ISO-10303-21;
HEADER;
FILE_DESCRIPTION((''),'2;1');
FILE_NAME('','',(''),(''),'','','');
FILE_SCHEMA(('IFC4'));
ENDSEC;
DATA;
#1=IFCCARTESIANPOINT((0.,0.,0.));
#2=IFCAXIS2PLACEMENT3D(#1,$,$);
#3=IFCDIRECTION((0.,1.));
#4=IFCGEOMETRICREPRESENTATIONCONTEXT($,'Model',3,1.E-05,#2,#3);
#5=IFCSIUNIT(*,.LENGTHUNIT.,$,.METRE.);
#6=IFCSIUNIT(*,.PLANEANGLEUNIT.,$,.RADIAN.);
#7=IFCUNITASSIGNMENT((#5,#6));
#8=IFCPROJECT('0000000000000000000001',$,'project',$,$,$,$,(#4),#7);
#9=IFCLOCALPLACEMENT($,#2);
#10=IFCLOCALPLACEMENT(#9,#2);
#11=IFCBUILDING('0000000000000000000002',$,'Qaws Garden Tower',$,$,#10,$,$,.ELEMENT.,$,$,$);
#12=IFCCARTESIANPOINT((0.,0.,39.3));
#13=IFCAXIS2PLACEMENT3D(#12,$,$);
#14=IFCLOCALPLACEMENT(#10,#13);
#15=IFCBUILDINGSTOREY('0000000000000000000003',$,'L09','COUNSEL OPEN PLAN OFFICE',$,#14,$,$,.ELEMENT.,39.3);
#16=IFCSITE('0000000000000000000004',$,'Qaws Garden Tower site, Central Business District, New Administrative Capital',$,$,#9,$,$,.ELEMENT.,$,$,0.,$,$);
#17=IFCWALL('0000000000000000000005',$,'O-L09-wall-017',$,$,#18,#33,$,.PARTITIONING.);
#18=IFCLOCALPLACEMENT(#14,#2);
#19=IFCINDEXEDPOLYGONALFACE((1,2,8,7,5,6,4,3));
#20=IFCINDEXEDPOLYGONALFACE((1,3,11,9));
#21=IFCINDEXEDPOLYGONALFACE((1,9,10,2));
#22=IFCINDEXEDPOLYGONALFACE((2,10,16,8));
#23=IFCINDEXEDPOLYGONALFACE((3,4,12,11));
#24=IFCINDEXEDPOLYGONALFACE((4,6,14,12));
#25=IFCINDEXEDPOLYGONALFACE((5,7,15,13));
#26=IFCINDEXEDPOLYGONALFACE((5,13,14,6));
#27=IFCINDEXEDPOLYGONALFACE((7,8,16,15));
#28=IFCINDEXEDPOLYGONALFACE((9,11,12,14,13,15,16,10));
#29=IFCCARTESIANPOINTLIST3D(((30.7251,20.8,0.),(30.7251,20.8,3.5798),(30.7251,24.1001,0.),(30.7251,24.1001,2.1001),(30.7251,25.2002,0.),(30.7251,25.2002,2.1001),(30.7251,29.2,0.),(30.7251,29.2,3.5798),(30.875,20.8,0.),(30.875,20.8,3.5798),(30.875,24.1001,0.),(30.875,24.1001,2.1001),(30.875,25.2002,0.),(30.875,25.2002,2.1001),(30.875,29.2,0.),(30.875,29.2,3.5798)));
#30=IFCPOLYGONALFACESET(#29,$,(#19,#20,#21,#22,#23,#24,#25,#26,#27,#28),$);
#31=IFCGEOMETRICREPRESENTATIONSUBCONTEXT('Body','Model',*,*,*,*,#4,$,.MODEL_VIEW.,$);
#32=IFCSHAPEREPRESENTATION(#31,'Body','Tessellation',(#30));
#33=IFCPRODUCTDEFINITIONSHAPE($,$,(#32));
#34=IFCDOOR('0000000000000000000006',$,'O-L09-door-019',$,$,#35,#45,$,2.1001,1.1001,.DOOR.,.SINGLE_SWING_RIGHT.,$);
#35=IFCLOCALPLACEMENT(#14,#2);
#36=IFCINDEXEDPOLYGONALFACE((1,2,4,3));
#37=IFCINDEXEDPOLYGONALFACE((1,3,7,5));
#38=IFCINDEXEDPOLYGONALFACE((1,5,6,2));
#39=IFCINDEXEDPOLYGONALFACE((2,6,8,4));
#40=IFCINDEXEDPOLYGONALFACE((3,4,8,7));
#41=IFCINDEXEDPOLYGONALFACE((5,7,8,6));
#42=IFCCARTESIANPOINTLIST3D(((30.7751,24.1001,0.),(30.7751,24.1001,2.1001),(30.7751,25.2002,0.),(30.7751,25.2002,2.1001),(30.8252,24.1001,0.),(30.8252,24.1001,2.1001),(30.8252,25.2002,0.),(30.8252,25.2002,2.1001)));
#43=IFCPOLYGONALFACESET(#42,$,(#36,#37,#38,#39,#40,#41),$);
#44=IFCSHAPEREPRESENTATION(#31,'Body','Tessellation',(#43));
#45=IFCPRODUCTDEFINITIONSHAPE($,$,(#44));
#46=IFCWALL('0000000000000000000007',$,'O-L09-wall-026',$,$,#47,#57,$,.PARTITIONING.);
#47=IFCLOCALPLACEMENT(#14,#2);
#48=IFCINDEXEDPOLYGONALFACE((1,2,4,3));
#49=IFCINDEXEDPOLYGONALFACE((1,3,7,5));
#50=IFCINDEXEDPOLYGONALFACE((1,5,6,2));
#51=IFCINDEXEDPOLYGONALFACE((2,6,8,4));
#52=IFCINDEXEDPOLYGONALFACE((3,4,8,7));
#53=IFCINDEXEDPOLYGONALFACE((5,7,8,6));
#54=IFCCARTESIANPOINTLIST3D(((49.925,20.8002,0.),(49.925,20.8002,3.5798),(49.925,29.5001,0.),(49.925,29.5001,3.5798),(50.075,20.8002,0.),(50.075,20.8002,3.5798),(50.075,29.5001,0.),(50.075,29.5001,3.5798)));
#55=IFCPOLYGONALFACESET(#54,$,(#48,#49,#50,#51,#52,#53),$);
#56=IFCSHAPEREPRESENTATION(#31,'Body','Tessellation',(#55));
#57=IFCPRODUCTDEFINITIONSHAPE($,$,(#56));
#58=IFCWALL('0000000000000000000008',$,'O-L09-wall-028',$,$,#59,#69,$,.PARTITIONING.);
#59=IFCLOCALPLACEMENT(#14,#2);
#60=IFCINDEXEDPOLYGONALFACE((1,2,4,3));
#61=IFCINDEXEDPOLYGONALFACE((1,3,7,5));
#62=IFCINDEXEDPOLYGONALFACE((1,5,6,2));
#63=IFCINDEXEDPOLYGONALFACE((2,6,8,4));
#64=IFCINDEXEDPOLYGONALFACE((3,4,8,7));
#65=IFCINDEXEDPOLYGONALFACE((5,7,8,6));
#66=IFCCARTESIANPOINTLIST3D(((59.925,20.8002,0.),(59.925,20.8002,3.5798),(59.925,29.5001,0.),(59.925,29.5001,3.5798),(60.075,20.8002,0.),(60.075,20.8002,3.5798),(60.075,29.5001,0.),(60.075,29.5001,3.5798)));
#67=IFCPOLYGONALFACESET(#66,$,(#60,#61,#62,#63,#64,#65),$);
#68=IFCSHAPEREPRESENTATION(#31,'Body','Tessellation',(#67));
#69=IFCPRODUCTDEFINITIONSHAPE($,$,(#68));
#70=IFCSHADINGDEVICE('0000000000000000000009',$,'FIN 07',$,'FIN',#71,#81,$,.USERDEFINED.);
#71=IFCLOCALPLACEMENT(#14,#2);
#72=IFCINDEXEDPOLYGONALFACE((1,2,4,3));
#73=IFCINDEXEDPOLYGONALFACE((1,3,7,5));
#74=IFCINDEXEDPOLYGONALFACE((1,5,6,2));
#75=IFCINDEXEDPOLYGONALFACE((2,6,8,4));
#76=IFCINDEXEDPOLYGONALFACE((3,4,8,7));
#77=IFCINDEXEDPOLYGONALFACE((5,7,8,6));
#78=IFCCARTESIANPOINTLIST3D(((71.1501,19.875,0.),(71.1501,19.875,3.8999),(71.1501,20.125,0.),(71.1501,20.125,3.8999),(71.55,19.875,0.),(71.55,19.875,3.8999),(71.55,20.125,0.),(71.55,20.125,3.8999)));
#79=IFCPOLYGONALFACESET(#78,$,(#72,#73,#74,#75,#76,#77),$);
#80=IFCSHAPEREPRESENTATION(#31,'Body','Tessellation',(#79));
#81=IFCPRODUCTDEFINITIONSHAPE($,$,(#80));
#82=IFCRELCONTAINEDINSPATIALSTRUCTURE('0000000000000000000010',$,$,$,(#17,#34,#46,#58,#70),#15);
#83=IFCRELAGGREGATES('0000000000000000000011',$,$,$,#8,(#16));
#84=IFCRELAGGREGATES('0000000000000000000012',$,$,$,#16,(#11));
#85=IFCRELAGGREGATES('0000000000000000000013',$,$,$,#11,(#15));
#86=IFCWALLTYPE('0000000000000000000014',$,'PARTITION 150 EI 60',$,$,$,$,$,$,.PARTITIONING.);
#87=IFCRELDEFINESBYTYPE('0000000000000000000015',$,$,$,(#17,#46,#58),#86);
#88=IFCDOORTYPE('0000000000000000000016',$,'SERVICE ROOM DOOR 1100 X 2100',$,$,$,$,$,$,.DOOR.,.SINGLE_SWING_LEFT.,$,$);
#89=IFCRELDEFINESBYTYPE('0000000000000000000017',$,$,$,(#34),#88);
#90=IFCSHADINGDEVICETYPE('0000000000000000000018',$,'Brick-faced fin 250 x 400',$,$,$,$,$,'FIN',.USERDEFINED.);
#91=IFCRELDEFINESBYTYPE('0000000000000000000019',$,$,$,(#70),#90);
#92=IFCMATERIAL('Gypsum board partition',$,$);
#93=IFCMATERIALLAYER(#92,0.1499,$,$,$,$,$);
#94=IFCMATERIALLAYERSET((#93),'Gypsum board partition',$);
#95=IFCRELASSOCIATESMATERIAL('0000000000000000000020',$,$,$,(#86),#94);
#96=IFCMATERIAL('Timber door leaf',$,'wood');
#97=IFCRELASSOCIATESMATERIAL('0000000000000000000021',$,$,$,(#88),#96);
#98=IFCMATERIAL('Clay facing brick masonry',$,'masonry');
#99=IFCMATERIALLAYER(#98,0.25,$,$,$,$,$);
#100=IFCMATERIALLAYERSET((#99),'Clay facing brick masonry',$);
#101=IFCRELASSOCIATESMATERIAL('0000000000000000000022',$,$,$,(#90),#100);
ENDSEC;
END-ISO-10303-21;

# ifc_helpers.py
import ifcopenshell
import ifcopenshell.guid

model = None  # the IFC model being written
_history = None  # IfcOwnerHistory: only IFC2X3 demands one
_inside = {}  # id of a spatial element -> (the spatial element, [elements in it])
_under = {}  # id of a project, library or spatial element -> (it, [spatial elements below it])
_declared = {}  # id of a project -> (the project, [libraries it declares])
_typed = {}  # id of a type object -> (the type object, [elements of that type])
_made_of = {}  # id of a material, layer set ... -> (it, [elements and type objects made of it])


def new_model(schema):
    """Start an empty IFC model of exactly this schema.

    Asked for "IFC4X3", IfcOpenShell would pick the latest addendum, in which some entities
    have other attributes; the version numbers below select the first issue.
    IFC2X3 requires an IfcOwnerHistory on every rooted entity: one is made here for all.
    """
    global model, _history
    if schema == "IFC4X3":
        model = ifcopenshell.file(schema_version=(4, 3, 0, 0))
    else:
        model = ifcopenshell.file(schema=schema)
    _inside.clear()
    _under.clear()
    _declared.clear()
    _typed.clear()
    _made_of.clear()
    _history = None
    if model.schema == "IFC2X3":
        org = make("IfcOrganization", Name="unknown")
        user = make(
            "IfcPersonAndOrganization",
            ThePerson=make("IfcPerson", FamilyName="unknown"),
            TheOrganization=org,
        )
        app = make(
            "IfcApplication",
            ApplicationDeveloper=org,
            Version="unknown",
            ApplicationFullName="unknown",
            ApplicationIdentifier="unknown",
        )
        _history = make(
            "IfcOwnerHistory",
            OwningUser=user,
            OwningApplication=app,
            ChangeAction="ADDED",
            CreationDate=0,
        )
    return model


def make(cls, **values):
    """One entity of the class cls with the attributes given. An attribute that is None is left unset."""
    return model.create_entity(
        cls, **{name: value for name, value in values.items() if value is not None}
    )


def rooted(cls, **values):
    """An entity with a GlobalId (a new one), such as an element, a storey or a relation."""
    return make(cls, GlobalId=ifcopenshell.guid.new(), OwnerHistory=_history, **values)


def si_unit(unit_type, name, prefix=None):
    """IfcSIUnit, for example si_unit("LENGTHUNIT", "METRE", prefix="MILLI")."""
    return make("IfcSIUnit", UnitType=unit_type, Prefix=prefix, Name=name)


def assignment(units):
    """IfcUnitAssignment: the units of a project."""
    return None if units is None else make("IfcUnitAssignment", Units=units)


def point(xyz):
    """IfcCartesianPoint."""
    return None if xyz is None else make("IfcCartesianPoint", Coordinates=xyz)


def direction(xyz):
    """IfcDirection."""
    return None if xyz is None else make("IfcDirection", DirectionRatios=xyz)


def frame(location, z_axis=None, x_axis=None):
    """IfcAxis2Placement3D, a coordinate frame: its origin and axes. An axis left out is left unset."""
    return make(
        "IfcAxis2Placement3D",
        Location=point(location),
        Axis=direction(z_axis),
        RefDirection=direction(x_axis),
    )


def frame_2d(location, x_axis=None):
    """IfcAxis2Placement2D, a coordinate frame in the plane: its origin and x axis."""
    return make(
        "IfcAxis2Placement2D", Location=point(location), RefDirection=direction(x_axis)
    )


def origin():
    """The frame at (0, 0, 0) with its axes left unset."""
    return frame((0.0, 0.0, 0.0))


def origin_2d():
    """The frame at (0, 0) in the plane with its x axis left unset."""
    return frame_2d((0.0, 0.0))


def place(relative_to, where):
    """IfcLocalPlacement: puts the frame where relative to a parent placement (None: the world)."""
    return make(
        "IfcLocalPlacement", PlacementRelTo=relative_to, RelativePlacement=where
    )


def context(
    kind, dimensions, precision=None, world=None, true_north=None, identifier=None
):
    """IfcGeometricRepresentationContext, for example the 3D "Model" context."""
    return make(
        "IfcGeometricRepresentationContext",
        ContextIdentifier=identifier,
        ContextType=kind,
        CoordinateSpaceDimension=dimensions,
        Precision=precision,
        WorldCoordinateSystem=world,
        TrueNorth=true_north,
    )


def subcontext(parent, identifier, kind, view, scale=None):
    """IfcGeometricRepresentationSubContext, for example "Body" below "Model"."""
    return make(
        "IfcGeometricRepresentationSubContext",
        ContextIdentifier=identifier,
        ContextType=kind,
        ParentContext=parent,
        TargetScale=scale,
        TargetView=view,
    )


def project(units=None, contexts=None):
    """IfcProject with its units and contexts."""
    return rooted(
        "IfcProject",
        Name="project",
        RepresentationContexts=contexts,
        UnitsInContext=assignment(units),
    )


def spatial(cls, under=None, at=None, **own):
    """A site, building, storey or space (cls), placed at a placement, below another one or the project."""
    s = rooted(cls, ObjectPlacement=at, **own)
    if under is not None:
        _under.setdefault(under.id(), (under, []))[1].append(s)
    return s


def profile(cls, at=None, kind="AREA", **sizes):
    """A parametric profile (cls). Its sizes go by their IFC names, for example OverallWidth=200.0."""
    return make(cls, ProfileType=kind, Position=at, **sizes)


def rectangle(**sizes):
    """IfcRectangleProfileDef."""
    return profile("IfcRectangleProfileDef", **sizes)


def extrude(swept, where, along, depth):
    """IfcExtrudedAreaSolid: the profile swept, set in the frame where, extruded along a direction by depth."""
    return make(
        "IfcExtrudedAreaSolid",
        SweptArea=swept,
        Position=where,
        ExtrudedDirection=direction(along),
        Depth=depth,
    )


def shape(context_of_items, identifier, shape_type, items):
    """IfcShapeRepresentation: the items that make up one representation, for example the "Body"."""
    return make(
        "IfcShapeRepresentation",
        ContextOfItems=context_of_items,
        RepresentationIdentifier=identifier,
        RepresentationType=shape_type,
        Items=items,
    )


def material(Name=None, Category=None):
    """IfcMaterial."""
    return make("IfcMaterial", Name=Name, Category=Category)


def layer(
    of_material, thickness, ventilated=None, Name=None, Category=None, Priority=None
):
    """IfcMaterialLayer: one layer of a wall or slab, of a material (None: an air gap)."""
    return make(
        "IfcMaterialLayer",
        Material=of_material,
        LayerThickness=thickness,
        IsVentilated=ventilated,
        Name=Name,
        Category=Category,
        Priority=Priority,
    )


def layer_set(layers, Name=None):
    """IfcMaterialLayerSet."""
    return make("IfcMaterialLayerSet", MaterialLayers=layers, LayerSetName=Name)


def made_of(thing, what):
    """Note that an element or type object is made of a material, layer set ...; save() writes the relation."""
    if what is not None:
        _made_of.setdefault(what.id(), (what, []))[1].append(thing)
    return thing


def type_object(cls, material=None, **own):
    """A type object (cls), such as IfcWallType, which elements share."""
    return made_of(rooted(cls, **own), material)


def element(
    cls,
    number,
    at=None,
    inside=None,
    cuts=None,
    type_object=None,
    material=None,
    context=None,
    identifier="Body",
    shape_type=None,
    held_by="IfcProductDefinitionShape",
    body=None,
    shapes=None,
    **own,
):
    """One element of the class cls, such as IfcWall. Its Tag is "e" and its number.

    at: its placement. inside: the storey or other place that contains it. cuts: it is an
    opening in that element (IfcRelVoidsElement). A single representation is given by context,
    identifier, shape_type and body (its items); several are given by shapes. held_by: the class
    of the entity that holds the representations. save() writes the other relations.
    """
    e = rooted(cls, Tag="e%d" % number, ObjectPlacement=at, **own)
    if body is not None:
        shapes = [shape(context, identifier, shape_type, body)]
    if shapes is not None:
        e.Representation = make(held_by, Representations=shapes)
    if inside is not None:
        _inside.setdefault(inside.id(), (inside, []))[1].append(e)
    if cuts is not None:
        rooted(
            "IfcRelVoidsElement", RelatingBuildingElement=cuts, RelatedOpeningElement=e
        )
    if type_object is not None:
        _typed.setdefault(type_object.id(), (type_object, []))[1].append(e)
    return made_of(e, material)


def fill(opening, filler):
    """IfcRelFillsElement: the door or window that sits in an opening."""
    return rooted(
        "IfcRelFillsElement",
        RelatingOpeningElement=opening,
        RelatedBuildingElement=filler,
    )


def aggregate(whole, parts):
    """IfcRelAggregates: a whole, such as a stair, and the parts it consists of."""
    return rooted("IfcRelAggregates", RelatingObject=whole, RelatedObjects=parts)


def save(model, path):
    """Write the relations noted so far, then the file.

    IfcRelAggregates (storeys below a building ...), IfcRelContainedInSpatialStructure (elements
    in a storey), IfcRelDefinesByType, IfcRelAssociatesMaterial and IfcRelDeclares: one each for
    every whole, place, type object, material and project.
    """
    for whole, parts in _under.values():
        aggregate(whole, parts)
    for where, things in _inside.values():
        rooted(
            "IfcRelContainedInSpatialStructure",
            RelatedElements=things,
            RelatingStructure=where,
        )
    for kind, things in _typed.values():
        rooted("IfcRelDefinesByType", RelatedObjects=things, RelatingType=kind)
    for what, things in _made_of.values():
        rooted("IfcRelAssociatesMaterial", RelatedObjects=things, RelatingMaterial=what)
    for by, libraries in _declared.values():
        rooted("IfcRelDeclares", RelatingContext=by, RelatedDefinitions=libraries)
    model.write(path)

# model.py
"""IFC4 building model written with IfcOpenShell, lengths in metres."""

from ifc_helpers import new_model, si_unit, direction, frame, frame_2d, origin, origin_2d, place, context, subcontext, project, spatial, rectangle, extrude, material, layer, layer_set, type_object, element, fill, save


model = new_model("IFC4")

# Units and contexts
model_context = context("Model", 3, precision=1e-05, world=origin(), true_north=direction((0.0, 1.0)))
body_context = subcontext(model_context, "Body", "Model", "MODEL_VIEW")
ifc_project = project(units=[si_unit("LENGTHUNIT", "METRE"), si_unit("PLANEANGLEUNIT", "RADIAN")], contexts=[model_context])

# Site, building, storey
site_placement = place(None, origin())
site = spatial("IfcSite", under=ifc_project, at=site_placement, Name="Qaws Garden Tower site, Central Business District, New Administrative Capital", CompositionType="ELEMENT", RefElevation=0.0)
building_placement = place(site_placement, origin())
building = spatial("IfcBuilding", under=site, at=building_placement, Name="Qaws Garden Tower", CompositionType="ELEMENT")
storey_placement = place(building_placement, frame((0.0, 0.0, 39.3)))
storey = spatial("IfcBuildingStorey", under=building, at=storey_placement, Name="L09", Description="COUNSEL OPEN PLAN OFFICE", CompositionType="ELEMENT", Elevation=39.3)

# Wall, opening, door
ifc_material_1 = material(Name="Gypsum board partition")
ifc_layer_1 = layer(ifc_material_1, 0.1499)
ifc_layer_set_1 = layer_set([ifc_layer_1], Name="Gypsum board partition")
wall_type = type_object("IfcWallType", Name="PARTITION 150 EI 60", PredefinedType="PARTITIONING", material=ifc_layer_set_1)
wall_placement = place(storey_placement, frame((30.8, 20.8, 0.0), z_axis=(0.0, 0.0, 1.0), x_axis=(0.0, 1.0, 0.0)))
wall = element("IfcWall", 1, at=wall_placement, inside=storey, type_object=wall_type, Name="O-L09-wall-017", PredefinedType="PARTITIONING", context=body_context, shape_type="SweptSolid", body=[
    extrude(rectangle(XDim=8.3999, YDim=0.1499, at=frame_2d((4.2, 0.0))), origin(), (0.0, 0.0, 1.0), 3.5798),
])
opening_placement = place(wall_placement, frame((3.3, 0.0, 0.0)))
opening = element("IfcOpeningElement", 2, at=opening_placement, cuts=wall, PredefinedType="OPENING", context=body_context, shape_type="SweptSolid", body=[
    extrude(rectangle(XDim=1.1001, YDim=2.1001, at=frame_2d((0.55, 1.05))), frame((0.0, 0.085, 0.0), z_axis=(0.0, -1.0, 0.0), x_axis=(1.0, 0.0, 0.0)), (0.0, 0.0, 1.0), 0.1699),
])
ifc_material_2 = material(Name="Timber door leaf", Category="wood")
door_type = type_object("IfcDoorType", Name="SERVICE ROOM DOOR 1100 X 2100", OperationType="SINGLE_SWING_LEFT", PredefinedType="DOOR", material=ifc_material_2)
door_placement = place(opening_placement, origin())
door = element("IfcDoor", 3, at=door_placement, inside=storey, type_object=door_type, Name="O-L09-door-019", OperationType="SINGLE_SWING_RIGHT", OverallHeight=2.1001, OverallWidth=1.1001, PredefinedType="DOOR", context=body_context, shape_type="SweptSolid", body=[
    extrude(rectangle(XDim=1.1001, YDim=2.1001, at=frame_2d((0.55, 1.05))), frame((0.0, 0.0249, 0.0), z_axis=(0.0, -1.0, 0.0), x_axis=(1.0, 0.0, 0.0)), (0.0, 0.0, 1.0), 0.05),
])
fill(opening, door)

# Walls
for number, where, z_axis, x_axis, name in (
    (4, (50.0, 20.8, 0.0), (0.0, 0.0, 1.0), (0.0, 1.0, 0.0), "O-L09-wall-026"),
    (5, (60.0, 20.8, 0.0), (0.0, 0.0, 1.0), (0.0, 1.0, 0.0), "O-L09-wall-028"),
):
    element("IfcWall", number, at=place(storey_placement, frame(where, z_axis=z_axis, x_axis=x_axis)), inside=storey, type_object=wall_type, Name=name, PredefinedType="PARTITIONING", context=body_context, shape_type="SweptSolid", body=[
        extrude(rectangle(XDim=8.7, YDim=0.1499, at=frame_2d((4.3501, 0.0))), origin(), (0.0, 0.0, 1.0), 3.5798),
    ])

# Shading device
ifc_material_3 = material(Name="Clay facing brick masonry", Category="masonry")
ifc_layer_2 = layer(ifc_material_3, 0.25)
ifc_layer_set_2 = layer_set([ifc_layer_2], Name="Clay facing brick masonry")
shading_device_type = type_object("IfcShadingDeviceType", Name="Brick-faced fin 250 x 400", ElementType="FIN", PredefinedType="USERDEFINED", material=ifc_layer_set_2)
shading_device_placement = place(storey_placement, frame((71.3501, 20.0, 0.0), z_axis=(0.0, 0.0, 1.0), x_axis=(0.0, 1.0, 0.0)))
element("IfcShadingDevice", 6, at=shading_device_placement, inside=storey, type_object=shading_device_type, Name="FIN 07", ObjectType="FIN", PredefinedType="USERDEFINED", context=body_context, shape_type="SweptSolid", body=[
    extrude(rectangle(XDim=0.25, YDim=0.3999, at=origin_2d()), origin(), (0.0, 0.0, 1.0), 3.8999),
])

save(model, "model.ifc")
